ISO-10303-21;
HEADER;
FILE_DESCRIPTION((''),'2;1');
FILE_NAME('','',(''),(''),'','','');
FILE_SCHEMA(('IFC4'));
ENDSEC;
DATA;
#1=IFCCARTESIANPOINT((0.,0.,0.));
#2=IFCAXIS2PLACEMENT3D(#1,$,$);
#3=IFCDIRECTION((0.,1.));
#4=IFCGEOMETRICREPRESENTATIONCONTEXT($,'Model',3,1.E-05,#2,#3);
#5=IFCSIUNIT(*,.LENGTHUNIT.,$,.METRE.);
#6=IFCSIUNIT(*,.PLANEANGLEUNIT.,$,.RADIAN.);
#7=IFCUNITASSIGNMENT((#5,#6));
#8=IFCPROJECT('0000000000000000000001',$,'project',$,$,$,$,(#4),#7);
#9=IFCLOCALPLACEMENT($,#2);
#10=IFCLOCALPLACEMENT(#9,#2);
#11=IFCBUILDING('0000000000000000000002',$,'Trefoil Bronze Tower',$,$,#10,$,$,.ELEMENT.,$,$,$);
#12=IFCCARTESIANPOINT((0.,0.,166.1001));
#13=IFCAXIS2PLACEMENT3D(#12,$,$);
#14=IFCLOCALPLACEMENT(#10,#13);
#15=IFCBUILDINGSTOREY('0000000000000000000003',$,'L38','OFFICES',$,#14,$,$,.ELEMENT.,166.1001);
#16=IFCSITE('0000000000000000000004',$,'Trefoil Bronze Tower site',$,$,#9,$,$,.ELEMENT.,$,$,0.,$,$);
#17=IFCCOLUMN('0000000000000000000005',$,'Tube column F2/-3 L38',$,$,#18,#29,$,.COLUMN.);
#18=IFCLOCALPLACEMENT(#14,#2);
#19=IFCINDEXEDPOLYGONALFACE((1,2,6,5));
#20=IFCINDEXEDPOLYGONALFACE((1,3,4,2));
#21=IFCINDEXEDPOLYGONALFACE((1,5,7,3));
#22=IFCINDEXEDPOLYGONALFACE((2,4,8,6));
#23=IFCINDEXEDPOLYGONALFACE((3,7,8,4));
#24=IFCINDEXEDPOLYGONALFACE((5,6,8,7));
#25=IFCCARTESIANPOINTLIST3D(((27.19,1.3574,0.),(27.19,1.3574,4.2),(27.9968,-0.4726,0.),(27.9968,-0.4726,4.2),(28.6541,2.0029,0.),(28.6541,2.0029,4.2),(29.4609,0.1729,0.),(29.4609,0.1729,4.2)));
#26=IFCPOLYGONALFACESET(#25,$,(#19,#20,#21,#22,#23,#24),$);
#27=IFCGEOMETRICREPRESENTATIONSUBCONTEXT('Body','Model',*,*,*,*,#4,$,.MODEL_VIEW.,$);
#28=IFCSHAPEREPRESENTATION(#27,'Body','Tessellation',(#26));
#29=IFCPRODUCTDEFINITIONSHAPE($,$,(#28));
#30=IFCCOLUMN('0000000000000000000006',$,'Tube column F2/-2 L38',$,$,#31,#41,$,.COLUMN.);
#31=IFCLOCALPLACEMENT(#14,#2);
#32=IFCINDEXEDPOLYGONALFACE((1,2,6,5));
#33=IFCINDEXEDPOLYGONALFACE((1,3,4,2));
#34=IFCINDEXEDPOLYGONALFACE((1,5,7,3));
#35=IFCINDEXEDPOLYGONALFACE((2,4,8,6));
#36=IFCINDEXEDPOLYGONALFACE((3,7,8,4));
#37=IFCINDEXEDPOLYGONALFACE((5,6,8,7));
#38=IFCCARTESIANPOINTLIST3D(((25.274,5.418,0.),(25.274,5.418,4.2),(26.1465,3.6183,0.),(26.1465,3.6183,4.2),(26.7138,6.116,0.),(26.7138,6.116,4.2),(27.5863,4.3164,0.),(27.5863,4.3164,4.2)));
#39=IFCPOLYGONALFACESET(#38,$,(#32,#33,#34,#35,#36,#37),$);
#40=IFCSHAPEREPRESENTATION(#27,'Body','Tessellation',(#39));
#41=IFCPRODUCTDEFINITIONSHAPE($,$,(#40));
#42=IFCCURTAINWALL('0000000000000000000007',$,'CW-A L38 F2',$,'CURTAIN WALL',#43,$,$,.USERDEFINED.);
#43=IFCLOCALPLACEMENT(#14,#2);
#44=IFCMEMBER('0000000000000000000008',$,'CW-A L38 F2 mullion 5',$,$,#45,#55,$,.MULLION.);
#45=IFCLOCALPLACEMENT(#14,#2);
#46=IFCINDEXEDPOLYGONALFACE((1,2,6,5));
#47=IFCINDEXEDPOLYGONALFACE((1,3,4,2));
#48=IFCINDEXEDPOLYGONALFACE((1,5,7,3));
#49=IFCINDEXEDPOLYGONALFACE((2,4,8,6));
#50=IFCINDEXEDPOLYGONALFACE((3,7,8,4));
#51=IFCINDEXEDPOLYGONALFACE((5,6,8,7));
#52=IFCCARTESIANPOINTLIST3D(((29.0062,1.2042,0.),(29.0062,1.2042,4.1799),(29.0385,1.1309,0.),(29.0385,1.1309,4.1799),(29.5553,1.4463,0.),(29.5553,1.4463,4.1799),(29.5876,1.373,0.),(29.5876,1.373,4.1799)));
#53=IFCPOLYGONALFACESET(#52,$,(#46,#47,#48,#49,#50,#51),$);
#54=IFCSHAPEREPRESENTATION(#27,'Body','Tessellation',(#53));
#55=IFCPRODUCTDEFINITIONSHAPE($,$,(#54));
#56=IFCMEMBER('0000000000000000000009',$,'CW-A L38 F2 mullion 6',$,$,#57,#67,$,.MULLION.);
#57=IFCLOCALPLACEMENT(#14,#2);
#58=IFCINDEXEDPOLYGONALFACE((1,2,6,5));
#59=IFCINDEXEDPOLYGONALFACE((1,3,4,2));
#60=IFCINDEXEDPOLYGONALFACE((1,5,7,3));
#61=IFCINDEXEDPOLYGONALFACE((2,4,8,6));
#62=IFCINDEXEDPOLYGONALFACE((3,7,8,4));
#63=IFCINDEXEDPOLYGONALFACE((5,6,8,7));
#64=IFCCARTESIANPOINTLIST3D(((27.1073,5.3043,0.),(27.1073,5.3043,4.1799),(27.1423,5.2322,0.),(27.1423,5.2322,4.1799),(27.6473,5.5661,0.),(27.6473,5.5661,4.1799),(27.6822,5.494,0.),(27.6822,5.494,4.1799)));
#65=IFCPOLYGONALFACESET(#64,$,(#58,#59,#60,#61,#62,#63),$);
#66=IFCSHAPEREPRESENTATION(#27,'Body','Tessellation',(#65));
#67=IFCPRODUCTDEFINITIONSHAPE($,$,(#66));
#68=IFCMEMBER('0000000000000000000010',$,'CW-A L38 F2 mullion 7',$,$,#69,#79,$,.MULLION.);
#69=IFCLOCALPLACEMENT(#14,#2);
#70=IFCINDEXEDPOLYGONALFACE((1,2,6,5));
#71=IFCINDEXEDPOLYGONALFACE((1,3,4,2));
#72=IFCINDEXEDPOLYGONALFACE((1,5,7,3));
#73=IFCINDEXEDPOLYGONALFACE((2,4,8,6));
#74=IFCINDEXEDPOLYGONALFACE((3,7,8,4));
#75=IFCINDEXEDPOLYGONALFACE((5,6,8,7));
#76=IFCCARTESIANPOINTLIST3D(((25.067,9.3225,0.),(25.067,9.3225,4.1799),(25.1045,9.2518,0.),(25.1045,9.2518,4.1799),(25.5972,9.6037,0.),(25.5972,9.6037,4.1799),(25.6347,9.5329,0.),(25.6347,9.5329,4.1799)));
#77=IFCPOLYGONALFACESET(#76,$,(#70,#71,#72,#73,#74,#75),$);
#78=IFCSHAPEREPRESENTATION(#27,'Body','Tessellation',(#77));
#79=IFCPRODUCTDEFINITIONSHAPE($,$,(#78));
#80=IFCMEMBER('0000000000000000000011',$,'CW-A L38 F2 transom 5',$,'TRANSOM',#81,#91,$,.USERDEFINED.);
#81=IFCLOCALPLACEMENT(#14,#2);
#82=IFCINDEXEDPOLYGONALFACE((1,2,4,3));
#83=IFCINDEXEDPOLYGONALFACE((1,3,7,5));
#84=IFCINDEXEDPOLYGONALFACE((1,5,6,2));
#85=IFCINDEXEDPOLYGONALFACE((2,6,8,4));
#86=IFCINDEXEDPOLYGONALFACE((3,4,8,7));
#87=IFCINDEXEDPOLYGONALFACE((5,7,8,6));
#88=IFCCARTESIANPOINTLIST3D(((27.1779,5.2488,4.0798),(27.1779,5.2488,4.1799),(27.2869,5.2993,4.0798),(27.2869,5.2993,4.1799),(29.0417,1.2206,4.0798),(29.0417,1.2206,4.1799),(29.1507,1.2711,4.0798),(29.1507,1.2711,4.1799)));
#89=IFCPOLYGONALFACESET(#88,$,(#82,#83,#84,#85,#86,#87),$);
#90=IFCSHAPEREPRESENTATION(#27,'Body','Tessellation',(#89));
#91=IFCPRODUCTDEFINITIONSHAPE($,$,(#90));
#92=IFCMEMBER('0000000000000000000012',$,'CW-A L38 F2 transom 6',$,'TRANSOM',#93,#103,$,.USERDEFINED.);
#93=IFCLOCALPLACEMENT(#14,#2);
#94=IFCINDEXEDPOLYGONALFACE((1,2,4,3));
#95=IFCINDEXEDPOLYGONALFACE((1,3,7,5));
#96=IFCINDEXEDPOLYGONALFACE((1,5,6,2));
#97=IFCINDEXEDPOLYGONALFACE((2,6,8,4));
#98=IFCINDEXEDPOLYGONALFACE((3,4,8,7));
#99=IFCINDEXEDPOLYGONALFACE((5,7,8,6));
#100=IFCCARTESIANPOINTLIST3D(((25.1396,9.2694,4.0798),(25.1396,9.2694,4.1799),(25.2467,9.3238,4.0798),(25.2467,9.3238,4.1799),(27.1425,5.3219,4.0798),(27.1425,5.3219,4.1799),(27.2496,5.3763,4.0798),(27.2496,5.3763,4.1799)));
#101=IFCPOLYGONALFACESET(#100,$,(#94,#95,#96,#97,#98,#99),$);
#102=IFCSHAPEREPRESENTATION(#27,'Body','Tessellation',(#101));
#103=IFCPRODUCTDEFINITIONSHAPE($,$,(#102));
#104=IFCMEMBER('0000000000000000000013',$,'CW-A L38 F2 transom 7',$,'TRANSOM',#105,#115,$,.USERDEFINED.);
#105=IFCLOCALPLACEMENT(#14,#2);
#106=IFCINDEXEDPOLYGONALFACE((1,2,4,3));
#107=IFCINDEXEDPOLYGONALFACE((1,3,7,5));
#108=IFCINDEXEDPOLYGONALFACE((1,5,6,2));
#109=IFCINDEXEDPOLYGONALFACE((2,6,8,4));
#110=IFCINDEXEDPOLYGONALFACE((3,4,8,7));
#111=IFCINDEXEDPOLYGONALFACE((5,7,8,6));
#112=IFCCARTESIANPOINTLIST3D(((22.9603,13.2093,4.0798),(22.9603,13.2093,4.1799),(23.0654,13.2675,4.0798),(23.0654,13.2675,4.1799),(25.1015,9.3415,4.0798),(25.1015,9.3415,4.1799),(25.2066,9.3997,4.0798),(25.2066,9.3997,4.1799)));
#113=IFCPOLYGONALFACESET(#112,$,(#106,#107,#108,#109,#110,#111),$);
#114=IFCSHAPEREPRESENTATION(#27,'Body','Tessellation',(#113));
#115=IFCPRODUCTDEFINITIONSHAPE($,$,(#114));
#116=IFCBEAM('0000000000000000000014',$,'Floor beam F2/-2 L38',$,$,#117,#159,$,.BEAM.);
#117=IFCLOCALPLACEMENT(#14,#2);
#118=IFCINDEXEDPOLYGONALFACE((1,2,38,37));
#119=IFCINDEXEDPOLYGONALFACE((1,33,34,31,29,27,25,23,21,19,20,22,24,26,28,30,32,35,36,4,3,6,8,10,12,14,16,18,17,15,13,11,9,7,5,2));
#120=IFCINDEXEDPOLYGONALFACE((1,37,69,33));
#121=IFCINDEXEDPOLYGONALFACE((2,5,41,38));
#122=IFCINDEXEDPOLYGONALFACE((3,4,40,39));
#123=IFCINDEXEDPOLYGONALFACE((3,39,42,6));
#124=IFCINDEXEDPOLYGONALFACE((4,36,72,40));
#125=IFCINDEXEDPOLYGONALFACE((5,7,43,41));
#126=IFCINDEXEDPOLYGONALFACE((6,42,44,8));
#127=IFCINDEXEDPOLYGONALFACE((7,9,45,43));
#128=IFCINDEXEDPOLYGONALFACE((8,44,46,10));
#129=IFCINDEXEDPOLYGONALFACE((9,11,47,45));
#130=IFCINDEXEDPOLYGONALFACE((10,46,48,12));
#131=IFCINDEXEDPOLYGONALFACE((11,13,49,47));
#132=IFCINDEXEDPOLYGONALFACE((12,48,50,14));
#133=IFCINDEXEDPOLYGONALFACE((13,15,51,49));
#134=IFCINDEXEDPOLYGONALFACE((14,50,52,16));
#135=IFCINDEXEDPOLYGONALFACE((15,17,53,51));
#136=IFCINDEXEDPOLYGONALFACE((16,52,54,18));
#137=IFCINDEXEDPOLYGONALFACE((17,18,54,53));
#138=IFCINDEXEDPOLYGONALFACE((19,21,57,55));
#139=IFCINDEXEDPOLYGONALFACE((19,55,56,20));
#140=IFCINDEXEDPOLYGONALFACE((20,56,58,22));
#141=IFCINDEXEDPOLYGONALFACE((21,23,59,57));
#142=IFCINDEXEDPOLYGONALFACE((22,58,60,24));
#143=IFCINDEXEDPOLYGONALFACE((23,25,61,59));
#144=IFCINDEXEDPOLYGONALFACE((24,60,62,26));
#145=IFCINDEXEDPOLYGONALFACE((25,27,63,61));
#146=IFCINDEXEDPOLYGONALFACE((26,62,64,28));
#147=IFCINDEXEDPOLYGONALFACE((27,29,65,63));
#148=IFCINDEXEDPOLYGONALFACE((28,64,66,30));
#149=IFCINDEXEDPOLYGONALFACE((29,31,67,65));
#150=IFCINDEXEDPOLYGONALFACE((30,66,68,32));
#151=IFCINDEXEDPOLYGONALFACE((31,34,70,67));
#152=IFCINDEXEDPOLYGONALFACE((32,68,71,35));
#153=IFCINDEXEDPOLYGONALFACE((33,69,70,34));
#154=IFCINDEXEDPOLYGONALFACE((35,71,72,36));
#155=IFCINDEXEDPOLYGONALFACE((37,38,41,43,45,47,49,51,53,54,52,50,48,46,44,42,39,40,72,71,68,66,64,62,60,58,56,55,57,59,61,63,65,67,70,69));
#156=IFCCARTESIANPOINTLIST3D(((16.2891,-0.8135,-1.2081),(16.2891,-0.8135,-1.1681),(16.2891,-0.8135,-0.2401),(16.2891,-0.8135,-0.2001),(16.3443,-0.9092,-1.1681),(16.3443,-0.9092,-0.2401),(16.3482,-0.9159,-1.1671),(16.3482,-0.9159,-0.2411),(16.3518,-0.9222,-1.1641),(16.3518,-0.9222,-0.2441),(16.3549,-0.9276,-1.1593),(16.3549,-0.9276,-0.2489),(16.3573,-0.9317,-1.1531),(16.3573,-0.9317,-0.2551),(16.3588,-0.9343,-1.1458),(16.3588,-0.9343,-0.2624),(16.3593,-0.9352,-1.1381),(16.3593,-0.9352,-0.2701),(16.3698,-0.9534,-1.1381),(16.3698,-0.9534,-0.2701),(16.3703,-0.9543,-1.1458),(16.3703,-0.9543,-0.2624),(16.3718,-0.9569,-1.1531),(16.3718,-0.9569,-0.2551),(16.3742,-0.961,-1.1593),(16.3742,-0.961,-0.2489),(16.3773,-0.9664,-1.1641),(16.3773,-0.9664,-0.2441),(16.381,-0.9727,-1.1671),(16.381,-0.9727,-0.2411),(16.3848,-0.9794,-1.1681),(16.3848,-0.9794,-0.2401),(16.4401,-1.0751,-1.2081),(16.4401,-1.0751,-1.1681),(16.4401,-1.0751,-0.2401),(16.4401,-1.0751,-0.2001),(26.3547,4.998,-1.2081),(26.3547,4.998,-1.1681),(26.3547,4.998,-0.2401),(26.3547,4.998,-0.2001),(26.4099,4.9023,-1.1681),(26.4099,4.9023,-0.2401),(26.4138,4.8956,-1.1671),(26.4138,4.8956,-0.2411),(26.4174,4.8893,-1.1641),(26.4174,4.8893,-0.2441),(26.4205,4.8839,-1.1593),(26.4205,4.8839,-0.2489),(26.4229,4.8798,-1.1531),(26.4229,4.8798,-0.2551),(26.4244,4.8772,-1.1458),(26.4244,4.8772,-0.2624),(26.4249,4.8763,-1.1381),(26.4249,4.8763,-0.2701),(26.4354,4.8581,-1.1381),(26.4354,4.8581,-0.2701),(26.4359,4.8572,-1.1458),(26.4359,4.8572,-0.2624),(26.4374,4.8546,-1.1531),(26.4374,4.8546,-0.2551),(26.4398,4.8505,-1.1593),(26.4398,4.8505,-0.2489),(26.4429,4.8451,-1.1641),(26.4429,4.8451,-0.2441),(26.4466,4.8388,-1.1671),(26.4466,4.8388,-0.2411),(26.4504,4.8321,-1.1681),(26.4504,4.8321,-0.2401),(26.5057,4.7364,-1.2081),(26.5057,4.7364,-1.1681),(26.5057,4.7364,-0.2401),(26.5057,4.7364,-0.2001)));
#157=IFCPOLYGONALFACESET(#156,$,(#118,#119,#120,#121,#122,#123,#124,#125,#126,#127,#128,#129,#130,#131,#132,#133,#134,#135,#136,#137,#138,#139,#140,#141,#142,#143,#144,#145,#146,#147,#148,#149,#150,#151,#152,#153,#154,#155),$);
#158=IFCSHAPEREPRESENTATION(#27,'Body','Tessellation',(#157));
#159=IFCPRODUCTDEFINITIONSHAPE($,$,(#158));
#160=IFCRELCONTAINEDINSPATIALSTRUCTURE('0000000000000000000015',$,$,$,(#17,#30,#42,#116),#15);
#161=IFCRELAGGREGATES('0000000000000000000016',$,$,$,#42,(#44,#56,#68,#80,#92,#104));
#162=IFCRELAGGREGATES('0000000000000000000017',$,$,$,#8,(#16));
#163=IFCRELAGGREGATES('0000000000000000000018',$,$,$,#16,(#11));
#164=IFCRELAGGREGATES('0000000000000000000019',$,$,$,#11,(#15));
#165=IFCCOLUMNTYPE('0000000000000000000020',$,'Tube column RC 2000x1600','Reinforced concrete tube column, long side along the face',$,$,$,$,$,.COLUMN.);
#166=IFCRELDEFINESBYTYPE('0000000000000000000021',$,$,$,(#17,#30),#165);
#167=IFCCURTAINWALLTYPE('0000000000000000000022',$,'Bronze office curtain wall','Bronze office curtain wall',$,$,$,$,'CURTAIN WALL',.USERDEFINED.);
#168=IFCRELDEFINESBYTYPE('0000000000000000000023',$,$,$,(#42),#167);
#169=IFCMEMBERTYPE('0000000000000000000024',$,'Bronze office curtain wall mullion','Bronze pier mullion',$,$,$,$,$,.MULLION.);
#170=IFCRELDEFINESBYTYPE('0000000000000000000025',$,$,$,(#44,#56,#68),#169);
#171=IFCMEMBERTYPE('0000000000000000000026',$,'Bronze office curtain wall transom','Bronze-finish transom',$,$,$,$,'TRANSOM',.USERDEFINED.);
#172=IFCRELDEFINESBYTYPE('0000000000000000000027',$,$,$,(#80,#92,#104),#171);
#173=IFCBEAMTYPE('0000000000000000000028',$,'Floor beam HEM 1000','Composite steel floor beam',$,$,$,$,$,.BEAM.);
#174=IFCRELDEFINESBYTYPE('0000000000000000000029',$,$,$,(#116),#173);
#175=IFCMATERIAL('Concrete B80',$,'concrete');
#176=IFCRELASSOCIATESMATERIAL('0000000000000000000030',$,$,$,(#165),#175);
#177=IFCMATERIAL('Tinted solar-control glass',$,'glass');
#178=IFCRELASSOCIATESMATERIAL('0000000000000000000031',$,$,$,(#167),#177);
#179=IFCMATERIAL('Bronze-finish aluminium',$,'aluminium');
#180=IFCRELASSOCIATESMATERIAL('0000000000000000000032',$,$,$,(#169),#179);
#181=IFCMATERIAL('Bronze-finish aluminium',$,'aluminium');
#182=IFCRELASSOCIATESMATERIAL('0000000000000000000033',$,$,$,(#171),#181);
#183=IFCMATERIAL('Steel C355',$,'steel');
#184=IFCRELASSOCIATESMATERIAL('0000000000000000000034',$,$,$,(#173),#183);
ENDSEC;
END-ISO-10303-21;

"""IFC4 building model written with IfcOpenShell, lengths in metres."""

from ifc_helpers import new_model, si_unit, direction, frame, origin, origin_2d, place, context, subcontext, project, spatial, rectangle, i_section, extrude, material, material_profile, profile_set, type_object, element, aggregate, save


model = new_model("IFC4")

# Units and contexts
model_context = context("Model", 3, precision=1e-05, world=origin(), true_north=direction((0.0, 1.0)))
body_context = subcontext(model_context, "Body", "Model", "MODEL_VIEW")
ifc_project = project(units=[si_unit("LENGTHUNIT", "METRE"), si_unit("PLANEANGLEUNIT", "RADIAN")], contexts=[model_context])

# Site, building, storey
site_placement = place(None, origin())
site = spatial("IfcSite", under=ifc_project, at=site_placement, Name="Trefoil Bronze Tower site", CompositionType="ELEMENT", RefElevation=0.0)
building_placement = place(site_placement, origin())
building = spatial("IfcBuilding", under=site, at=building_placement, Name="Trefoil Bronze Tower", CompositionType="ELEMENT")
storey_placement = place(building_placement, frame((0.0, 0.0, 166.1001)))
storey = spatial("IfcBuildingStorey", under=building, at=storey_placement, Name="L38", Description="OFFICES", CompositionType="ELEMENT", Elevation=166.1001)

# Columns
ifc_material_1 = material(Name="Concrete B80", Category="concrete")
ifc_material_profile_1 = material_profile(ifc_material_1, rectangle(XDim=2.0, YDim=1.6001, at=origin_2d()), Name="RC 2000x1600")
ifc_profile_set_1 = profile_set([ifc_material_profile_1], Name="Concrete B80")
column_type = type_object("IfcColumnType", Name="Tube column RC 2000x1600", Description="Reinforced concrete tube column, long side along the face", PredefinedType="COLUMN", material=ifc_profile_set_1)
for number, where, z_axis, x_axis, name in (
    (1, (28.3254, 0.7651, 0.0), (0.0, 0.0, 1.0), (-0.403412, 0.915018, 0.0), "Tube column F2/-3 L38"),
    (2, (26.4302, 4.8672, 0.0), (0.0, 0.0, 1.0), (-0.436262, 0.89982, 0.0), "Tube column F2/-2 L38"),
):
    element("IfcColumn", number, at=place(storey_placement, frame(where, z_axis=z_axis, x_axis=x_axis)), inside=storey, type_object=column_type, Name=name, PredefinedType="COLUMN", context=body_context, shape_type="SweptSolid", body=[
        extrude(rectangle(XDim=2.0, YDim=1.6001, at=origin_2d()), origin(), (0.0, 0.0, 1.0), 4.2),
    ])

# Curtain wall, members
ifc_material_2 = material(Name="Tinted solar-control glass", Category="glass")
curtain_wall_type = type_object("IfcCurtainWallType", Name="Bronze office curtain wall", Description="Bronze office curtain wall", ElementType="CURTAIN WALL", PredefinedType="USERDEFINED", material=ifc_material_2)
curtain_wall_placement = place(storey_placement, origin())
curtain_wall = element("IfcCurtainWall", 3, at=curtain_wall_placement, inside=storey, type_object=curtain_wall_type, Name="CW-A L38 F2", ObjectType="CURTAIN WALL", PredefinedType="USERDEFINED")
ifc_material_3 = material(Name="Bronze-finish aluminium", Category="aluminium")
ifc_material_profile_2 = material_profile(ifc_material_3, rectangle(XDim=0.6001, YDim=0.0801, at=origin_2d()), Name="CW-A mullion")
ifc_profile_set_2 = profile_set([ifc_material_profile_2], Name="Bronze-finish aluminium")
member_type_1 = type_object("IfcMemberType", Name="Bronze office curtain wall mullion", Description="Bronze pier mullion", PredefinedType="MULLION", material=ifc_profile_set_2)
member_1_placement = place(storey_placement, frame((29.2969, 1.2886, 0.0), z_axis=(0.0, 0.0, 1.0), x_axis=(-0.915018, -0.403412, 0.0)))
member_1 = element("IfcMember", 4, at=member_1_placement, type_object=member_type_1, Name="CW-A L38 F2 mullion 5", PredefinedType="MULLION", context=body_context, shape_type="SweptSolid", body=[
    extrude(rectangle(XDim=0.6001, YDim=0.0801, at=origin_2d()), origin(), (0.0, 0.0, 1.0), 4.1799),
])
member_2_placement = place(storey_placement, frame((27.3948, 5.3992, 0.0), z_axis=(0.0, 0.0, 1.0), x_axis=(-0.89982, -0.436262, 0.0)))
member_2 = element("IfcMember", 5, at=member_2_placement, type_object=member_type_1, Name="CW-A L38 F2 mullion 6", PredefinedType="MULLION", context=body_context, shape_type="SweptSolid", body=[
    extrude(rectangle(XDim=0.6001, YDim=0.0801, at=origin_2d()), origin(), (0.0, 0.0, 1.0), 4.1799),
])
member_3_placement = place(storey_placement, frame((25.3508, 9.4277, 0.0), z_axis=(0.0, 0.0, 1.0), x_axis=(-0.883486, -0.468457, 0.0)))
member_3 = element("IfcMember", 6, at=member_3_placement, type_object=member_type_1, Name="CW-A L38 F2 mullion 7", PredefinedType="MULLION", context=body_context, shape_type="SweptSolid", body=[
    extrude(rectangle(XDim=0.6001, YDim=0.0801, at=origin_2d()), origin(), (0.0, 0.0, 1.0), 4.1799),
])
ifc_material_4 = material(Name="Bronze-finish aluminium", Category="aluminium")
ifc_material_profile_3 = material_profile(ifc_material_4, rectangle(XDim=0.1201, YDim=0.1001, at=origin_2d()), Name="CW-A transom")
ifc_profile_set_3 = profile_set([ifc_material_profile_3], Name="Bronze-finish aluminium")
member_type_2 = type_object("IfcMemberType", Name="Bronze office curtain wall transom", Description="Bronze-finish transom", ElementType="TRANSOM", PredefinedType="USERDEFINED", material=ifc_profile_set_3)
member_4_placement = place(storey_placement, frame((29.0962, 1.2458, 4.1299), z_axis=(-0.419923, 0.90756, 0.0), x_axis=(-0.90756, -0.419923, 0.0)))
member_4 = element("IfcMember", 7, at=member_4_placement, type_object=member_type_2, Name="CW-A L38 F2 transom 5", ObjectType="TRANSOM", PredefinedType="USERDEFINED", context=body_context, shape_type="SweptSolid", body=[
    extrude(rectangle(XDim=0.1201, YDim=0.1001, at=origin_2d()), origin(), (0.0, 0.0, 1.0), 4.4385),
])
member_5_placement = place(storey_placement, frame((27.196, 5.3491, 4.1299), z_axis=(-0.452478, 0.891775, 0.0), x_axis=(-0.891775, -0.452478, 0.0)))
member_5 = element("IfcMember", 8, at=member_5_placement, type_object=member_type_2, Name="CW-A L38 F2 transom 6", ObjectType="TRANSOM", PredefinedType="USERDEFINED", context=body_context, shape_type="SweptSolid", body=[
    extrude(rectangle(XDim=0.1201, YDim=0.1001, at=origin_2d()), origin(), (0.0, 0.0, 1.0), 4.4265),
])
member_6_placement = place(storey_placement, frame((25.1541, 9.3706, 4.1299), z_axis=(-0.484329, 0.874886, 0.0), x_axis=(-0.874886, -0.484329, 0.0)))
member_6 = element("IfcMember", 9, at=member_6_placement, type_object=member_type_2, Name="CW-A L38 F2 transom 7", ObjectType="TRANSOM", PredefinedType="USERDEFINED", context=body_context, shape_type="SweptSolid", body=[
    extrude(rectangle(XDim=0.1201, YDim=0.1001, at=origin_2d()), origin(), (0.0, 0.0, 1.0), 4.4209),
])

# Beam
ifc_material_5 = material(Name="Steel C355", Category="steel")
ifc_material_profile_4 = material_profile(ifc_material_5, i_section(OverallWidth=0.302, OverallDepth=1.0081, WebThickness=0.021, FlangeThickness=0.04, FilletRadius=0.03, at=origin_2d()), Name="HEM 1000")
ifc_profile_set_4 = profile_set([ifc_material_profile_4], Name="Steel C355")
beam_type_1 = type_object("IfcBeamType", Name="Floor beam HEM 1000", Description="Composite steel floor beam", PredefinedType="BEAM", material=ifc_profile_set_4)
beam_1_placement = place(storey_placement, frame((26.4302, 4.8672, -0.7041), z_axis=(-0.866022, -0.500007, 0.0), x_axis=(0.500007, -0.866022, 0.0)))
element("IfcBeam", 10, at=beam_1_placement, inside=storey, type_object=beam_type_1, Name="Floor beam F2/-2 L38", PredefinedType="BEAM", context=body_context, shape_type="SweptSolid", body=[
    extrude(i_section(OverallWidth=0.302, OverallDepth=1.0081, WebThickness=0.021, FlangeThickness=0.04, FilletRadius=0.03, at=origin_2d()), origin(), (0.0, 0.0, 1.0), 11.6228),
])

aggregate(curtain_wall, [member_1, member_2, member_3, member_4, member_5, member_6])

save(model, "model.ifc")
